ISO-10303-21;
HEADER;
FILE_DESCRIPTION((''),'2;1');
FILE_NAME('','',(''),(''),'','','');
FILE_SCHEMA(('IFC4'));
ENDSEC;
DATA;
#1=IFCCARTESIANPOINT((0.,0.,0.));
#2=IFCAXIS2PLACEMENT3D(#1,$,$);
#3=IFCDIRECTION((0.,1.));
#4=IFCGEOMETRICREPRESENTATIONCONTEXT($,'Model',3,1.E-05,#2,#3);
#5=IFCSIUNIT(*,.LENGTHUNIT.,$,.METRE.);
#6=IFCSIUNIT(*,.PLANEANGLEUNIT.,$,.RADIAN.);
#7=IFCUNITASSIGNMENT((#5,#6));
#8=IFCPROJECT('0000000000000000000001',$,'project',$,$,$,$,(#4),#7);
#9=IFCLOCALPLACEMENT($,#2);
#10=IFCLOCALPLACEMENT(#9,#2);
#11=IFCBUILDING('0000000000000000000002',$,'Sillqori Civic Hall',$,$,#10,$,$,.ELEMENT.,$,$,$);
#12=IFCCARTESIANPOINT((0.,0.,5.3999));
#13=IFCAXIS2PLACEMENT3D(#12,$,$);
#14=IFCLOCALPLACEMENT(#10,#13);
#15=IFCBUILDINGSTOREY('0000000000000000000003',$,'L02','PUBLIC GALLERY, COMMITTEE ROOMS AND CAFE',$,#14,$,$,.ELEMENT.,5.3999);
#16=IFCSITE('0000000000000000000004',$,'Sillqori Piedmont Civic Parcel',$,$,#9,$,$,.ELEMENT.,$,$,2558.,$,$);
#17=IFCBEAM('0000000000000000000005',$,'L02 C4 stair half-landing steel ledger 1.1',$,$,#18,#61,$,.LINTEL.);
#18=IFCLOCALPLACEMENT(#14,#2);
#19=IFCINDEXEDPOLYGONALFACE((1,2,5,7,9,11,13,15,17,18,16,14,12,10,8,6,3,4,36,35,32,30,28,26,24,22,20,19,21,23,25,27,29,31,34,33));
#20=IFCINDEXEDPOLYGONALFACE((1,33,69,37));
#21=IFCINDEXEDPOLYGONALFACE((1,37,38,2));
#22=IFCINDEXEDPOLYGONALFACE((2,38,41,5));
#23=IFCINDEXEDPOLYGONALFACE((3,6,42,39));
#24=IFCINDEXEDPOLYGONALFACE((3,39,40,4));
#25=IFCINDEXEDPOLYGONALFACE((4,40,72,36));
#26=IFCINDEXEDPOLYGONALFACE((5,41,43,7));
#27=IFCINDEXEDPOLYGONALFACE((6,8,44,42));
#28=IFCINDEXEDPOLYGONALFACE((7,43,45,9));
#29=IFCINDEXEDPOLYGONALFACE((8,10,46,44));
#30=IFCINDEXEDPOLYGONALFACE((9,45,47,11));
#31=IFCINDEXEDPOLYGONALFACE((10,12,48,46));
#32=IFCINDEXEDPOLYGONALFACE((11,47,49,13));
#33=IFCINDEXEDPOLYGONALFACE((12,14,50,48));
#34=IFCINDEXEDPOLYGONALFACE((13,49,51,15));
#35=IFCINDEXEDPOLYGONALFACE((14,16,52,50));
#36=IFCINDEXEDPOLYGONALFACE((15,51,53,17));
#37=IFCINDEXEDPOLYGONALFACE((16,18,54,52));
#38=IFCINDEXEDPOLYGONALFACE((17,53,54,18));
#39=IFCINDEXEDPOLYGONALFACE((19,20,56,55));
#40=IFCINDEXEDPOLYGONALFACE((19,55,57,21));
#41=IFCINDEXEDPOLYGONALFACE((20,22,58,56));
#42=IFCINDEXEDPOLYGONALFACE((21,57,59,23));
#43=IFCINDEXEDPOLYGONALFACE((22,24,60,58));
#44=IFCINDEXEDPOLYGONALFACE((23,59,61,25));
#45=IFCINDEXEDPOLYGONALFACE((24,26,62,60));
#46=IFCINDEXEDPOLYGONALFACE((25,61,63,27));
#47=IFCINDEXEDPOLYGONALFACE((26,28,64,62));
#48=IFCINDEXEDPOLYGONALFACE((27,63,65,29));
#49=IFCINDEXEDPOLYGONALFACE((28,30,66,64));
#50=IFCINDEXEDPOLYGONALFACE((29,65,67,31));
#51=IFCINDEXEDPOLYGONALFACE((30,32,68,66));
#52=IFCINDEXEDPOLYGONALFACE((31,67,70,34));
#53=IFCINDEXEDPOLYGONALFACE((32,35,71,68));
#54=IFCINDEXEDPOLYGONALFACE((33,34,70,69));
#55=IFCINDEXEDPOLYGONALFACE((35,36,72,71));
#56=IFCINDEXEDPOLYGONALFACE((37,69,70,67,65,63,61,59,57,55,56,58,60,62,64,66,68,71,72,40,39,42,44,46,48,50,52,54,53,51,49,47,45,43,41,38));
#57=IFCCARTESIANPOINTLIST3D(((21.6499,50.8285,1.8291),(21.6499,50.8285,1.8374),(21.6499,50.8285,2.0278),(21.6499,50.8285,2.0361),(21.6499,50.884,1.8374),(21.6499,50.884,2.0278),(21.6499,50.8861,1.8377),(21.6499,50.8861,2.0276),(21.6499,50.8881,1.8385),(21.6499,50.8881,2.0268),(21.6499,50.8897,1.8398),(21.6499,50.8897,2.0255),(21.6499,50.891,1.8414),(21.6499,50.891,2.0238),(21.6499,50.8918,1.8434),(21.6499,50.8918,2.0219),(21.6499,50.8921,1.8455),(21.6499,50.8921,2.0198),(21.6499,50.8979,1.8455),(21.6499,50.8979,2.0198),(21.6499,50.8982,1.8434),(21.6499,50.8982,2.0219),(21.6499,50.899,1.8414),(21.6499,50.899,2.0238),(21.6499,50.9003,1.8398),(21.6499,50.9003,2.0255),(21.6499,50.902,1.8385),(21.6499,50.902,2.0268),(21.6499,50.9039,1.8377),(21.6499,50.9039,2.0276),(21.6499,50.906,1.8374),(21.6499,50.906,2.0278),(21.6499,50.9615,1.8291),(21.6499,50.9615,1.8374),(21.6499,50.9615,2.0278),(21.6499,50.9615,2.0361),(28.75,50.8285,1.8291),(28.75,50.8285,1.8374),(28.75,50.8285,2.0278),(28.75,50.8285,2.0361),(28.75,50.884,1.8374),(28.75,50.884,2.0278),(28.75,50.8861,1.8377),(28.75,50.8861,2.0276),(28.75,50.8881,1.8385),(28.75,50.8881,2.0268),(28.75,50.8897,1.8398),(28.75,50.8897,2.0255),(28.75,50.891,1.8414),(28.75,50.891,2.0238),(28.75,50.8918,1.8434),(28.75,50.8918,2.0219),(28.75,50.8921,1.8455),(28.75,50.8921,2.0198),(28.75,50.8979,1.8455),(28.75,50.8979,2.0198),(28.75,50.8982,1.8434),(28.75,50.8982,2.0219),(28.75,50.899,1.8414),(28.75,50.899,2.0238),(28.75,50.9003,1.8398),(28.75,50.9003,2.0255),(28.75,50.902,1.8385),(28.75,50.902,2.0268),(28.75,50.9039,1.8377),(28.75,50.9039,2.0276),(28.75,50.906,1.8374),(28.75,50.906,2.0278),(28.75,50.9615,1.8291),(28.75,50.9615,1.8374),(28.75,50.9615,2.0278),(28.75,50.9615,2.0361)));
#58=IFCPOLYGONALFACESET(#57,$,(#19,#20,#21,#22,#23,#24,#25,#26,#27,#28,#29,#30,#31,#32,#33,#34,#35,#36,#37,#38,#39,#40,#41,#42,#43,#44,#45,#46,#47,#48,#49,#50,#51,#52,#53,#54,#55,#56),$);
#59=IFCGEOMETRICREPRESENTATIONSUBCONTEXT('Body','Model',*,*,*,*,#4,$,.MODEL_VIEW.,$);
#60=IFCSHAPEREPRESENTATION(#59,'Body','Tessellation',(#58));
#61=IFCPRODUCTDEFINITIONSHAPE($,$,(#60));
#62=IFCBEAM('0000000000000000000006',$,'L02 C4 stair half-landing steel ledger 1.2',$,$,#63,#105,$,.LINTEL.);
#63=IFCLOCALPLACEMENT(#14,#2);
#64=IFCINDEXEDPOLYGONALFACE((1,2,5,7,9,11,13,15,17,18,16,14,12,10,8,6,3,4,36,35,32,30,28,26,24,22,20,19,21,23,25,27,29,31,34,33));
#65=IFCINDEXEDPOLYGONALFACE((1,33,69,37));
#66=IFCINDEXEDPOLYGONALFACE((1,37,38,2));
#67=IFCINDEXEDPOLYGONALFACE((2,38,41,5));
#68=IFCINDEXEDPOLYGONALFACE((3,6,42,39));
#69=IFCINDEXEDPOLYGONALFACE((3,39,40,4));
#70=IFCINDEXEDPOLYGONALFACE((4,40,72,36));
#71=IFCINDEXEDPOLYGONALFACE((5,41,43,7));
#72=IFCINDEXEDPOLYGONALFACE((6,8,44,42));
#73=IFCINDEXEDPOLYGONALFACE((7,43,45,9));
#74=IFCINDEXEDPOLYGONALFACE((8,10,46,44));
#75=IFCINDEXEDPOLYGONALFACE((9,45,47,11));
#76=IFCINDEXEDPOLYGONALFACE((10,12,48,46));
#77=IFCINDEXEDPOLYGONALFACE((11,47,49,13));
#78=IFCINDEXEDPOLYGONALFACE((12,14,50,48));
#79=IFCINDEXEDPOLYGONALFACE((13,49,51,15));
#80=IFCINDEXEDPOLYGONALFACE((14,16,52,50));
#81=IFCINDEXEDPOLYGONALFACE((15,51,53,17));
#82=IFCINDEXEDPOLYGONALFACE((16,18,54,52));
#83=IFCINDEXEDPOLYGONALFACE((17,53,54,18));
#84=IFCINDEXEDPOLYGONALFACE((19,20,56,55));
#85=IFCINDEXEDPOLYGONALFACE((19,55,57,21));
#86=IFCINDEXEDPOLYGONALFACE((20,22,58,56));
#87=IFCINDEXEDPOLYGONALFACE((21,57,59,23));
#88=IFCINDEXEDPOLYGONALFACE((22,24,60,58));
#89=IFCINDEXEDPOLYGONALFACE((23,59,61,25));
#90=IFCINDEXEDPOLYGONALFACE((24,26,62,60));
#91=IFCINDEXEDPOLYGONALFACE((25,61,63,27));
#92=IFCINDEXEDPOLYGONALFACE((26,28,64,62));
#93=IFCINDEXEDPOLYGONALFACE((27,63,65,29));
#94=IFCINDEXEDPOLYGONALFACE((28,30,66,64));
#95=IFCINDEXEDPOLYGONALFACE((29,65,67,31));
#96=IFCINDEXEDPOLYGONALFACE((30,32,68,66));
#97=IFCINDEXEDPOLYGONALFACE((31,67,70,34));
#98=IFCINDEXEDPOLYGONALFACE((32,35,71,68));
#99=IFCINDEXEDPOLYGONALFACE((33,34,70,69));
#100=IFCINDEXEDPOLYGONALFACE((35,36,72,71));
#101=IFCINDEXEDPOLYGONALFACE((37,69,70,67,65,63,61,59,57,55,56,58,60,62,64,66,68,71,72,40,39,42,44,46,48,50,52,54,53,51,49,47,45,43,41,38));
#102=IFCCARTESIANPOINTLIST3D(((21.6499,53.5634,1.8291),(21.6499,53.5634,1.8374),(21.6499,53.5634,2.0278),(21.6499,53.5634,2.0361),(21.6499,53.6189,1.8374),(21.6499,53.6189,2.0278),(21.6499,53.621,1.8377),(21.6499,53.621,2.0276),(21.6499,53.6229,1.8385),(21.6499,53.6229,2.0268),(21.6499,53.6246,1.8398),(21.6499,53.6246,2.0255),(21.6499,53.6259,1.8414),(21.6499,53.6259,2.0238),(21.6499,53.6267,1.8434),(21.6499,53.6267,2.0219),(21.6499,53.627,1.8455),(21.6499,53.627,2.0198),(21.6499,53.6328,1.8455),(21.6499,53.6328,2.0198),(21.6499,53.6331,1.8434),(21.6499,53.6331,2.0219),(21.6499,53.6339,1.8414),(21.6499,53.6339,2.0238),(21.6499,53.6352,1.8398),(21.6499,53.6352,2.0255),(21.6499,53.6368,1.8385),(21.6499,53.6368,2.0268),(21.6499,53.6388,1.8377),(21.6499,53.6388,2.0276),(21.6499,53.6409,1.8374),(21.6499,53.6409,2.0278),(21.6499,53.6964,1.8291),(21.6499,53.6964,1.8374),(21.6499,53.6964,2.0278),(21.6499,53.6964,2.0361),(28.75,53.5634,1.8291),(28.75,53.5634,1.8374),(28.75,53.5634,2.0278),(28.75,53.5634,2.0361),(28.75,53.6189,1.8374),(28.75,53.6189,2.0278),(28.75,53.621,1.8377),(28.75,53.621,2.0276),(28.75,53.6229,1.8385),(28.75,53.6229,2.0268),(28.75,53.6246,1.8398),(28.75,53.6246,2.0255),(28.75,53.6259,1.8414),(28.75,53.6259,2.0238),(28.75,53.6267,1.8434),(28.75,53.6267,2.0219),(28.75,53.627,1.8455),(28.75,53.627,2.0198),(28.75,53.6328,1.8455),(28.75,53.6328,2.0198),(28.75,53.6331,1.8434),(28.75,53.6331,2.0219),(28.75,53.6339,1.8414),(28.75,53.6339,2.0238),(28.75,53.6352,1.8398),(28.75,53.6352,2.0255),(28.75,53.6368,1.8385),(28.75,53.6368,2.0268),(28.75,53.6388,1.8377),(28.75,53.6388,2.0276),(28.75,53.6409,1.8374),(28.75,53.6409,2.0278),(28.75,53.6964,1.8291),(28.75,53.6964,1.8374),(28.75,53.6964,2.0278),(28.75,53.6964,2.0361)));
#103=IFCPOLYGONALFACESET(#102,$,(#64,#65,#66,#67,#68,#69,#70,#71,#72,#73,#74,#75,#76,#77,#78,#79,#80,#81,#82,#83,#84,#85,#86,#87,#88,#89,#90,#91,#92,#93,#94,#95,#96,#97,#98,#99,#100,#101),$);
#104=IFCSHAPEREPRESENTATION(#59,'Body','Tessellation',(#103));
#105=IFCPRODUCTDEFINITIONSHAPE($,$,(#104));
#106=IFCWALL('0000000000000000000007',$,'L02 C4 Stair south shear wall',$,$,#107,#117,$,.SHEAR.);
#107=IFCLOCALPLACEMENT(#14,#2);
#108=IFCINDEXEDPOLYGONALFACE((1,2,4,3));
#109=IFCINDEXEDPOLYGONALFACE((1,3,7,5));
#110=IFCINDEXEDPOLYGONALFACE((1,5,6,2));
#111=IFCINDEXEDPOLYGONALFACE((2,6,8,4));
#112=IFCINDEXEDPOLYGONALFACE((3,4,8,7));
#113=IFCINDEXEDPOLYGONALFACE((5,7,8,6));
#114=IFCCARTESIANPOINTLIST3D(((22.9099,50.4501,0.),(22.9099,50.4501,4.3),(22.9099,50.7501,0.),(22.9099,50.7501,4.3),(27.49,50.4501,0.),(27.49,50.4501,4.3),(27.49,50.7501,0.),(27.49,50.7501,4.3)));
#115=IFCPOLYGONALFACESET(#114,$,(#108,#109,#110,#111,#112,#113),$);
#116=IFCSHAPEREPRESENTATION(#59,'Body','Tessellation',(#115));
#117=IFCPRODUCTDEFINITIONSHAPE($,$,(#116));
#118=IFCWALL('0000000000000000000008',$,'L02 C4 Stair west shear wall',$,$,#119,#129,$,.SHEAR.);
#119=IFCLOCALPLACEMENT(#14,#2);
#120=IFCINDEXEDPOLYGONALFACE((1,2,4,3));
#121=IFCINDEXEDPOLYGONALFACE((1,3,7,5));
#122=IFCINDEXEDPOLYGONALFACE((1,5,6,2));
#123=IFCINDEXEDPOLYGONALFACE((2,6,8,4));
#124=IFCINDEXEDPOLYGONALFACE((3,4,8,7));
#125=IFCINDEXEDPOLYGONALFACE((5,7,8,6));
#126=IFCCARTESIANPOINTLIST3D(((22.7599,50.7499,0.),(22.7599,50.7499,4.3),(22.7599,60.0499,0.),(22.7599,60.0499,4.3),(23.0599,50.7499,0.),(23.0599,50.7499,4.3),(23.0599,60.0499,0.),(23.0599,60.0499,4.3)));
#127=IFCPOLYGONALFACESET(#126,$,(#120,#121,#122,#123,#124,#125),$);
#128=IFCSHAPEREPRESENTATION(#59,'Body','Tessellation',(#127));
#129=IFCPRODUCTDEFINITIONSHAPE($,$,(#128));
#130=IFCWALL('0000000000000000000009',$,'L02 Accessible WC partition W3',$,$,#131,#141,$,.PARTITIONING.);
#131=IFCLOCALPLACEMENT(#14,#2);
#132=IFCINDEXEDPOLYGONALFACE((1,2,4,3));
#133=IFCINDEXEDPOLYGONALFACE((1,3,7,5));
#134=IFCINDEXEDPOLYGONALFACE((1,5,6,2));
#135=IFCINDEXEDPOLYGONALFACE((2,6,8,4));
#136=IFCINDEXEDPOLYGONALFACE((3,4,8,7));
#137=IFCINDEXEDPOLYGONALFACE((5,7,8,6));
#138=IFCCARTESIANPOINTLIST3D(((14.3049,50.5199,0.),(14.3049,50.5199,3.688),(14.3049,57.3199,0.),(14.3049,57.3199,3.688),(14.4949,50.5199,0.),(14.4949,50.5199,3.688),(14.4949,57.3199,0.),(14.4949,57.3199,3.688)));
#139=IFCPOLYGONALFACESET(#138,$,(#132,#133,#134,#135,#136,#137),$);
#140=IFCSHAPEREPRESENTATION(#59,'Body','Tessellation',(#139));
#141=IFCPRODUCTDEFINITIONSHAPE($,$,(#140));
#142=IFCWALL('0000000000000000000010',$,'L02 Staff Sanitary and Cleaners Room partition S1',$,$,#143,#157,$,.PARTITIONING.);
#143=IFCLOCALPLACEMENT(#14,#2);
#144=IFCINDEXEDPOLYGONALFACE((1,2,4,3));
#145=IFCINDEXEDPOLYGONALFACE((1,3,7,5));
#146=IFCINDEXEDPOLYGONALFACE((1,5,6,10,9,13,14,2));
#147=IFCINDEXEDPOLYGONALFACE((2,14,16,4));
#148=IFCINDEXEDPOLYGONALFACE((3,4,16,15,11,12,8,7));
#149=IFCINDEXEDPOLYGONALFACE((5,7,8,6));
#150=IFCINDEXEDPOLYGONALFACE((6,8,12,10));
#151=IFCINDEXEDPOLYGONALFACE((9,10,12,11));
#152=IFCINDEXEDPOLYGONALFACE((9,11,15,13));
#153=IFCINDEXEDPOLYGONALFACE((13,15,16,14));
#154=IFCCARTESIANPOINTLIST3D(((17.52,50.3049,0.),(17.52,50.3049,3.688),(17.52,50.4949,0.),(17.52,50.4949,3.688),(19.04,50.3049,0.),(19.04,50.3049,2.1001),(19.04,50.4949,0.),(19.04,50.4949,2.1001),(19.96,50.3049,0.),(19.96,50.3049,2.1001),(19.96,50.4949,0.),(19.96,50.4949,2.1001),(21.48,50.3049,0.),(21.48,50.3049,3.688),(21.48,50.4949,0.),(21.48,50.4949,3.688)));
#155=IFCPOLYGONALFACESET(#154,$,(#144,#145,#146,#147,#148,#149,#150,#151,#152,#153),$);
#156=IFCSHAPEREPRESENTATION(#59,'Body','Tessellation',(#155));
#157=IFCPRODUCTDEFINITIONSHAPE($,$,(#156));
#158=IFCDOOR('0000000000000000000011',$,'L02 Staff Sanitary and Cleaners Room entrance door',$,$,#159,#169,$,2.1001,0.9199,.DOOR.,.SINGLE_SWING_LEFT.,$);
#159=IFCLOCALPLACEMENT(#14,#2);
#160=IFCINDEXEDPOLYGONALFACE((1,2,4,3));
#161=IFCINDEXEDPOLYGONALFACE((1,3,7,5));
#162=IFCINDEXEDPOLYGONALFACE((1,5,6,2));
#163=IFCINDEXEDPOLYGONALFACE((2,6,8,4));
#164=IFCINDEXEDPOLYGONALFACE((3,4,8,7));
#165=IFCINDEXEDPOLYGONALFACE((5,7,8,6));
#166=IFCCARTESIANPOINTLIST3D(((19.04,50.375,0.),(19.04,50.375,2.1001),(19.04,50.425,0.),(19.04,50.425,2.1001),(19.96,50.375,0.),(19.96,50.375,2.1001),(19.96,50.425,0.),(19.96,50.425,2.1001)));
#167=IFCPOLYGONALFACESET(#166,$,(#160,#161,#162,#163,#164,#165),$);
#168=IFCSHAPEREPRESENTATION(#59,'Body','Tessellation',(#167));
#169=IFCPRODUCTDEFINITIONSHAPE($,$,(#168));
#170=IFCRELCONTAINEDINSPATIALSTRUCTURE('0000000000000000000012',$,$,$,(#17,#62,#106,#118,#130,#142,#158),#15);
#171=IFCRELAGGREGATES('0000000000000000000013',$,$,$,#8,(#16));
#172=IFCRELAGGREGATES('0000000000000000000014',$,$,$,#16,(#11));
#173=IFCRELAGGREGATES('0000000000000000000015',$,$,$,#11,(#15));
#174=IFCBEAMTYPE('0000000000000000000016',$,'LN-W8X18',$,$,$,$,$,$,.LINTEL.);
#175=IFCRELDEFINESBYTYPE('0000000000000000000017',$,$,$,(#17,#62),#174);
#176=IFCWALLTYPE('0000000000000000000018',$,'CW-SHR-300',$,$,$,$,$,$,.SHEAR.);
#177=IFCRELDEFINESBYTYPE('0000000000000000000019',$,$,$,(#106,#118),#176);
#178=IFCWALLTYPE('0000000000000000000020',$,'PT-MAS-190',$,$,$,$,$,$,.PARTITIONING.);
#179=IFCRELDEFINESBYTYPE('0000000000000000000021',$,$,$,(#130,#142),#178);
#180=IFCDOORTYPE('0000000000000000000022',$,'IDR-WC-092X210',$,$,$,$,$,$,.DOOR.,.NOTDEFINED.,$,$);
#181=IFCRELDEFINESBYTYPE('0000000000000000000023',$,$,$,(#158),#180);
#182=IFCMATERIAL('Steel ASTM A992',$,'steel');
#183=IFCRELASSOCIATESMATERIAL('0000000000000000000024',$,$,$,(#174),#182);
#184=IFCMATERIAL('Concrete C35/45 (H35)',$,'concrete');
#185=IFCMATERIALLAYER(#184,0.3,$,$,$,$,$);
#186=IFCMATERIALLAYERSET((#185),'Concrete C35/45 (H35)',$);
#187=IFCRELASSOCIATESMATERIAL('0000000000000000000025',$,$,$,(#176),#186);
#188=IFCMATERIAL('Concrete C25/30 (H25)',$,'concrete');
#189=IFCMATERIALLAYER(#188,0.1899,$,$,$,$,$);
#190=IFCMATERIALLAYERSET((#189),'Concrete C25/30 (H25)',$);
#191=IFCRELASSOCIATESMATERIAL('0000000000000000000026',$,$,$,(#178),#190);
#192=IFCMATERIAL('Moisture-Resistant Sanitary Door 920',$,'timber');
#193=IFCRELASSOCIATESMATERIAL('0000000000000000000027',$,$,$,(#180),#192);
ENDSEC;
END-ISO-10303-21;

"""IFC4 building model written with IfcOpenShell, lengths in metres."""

from ifc_helpers import new_model, si_unit, direction, frame, frame_2d, origin, origin_2d, place, context, subcontext, project, spatial, rectangle, i_section, extrude, material, layer, layer_set, material_profile, profile_set, type_object, element, fill, save


model = new_model("IFC4")

# Units and contexts
model_context = context("Model", 3, precision=1e-05, world=origin(), true_north=direction((0.0, 1.0)))
body_context = subcontext(model_context, "Body", "Model", "MODEL_VIEW")
ifc_project = project(units=[si_unit("LENGTHUNIT", "METRE"), si_unit("PLANEANGLEUNIT", "RADIAN")], contexts=[model_context])

# Site, building, storey
site_placement = place(None, origin())
site = spatial("IfcSite", under=ifc_project, at=site_placement, Name="Sillqori Piedmont Civic Parcel", CompositionType="ELEMENT", RefElevation=2558.0)
building_placement = place(site_placement, origin())
building = spatial("IfcBuilding", under=site, at=building_placement, Name="Sillqori Civic Hall", CompositionType="ELEMENT")
storey_placement = place(building_placement, frame((0.0, 0.0, 5.3999)))
storey = spatial("IfcBuildingStorey", under=building, at=storey_placement, Name="L02", Description="PUBLIC GALLERY, COMMITTEE ROOMS AND CAFE", CompositionType="ELEMENT", Elevation=5.3999)

# Shared definitions
ifc_material_1 = material(Name="Steel ASTM A992", Category="steel")

# Beams
ifc_material_profile_1 = material_profile(ifc_material_1, i_section(OverallWidth=0.1331, OverallDepth=0.207, WebThickness=0.0059, FlangeThickness=0.0083, FilletRadius=0.0081, at=origin_2d()), Name="W8X18")
ifc_profile_set_1 = profile_set([ifc_material_profile_1], Name="Steel ASTM A992")
beam_type_1 = type_object("IfcBeamType", Name="LN-W8X18", PredefinedType="LINTEL", material=ifc_profile_set_1)
for number, where, z_axis, x_axis, name in (
    (1, (21.6499, 50.895, 1.9326), (1.0, 0.0, 0.0), (0.0, 1.0, 0.0), "L02 C4 stair half-landing steel ledger 1.1"),
    (2, (21.6499, 53.6299, 1.9326), (1.0, 0.0, 0.0), (0.0, 1.0, 0.0), "L02 C4 stair half-landing steel ledger 1.2"),
):
    element("IfcBeam", number, at=place(storey_placement, frame(where, z_axis=z_axis, x_axis=x_axis)), inside=storey, type_object=beam_type_1, Name=name, PredefinedType="LINTEL", context=body_context, shape_type="SweptSolid", body=[
        extrude(i_section(OverallWidth=0.1331, OverallDepth=0.207, WebThickness=0.0059, FlangeThickness=0.0083, FilletRadius=0.0081, at=origin_2d()), origin(), (0.0, 0.0, 1.0), 7.1001),
    ])

# Walls
ifc_material_2 = material(Name="Concrete C35/45 (H35)", Category="concrete")
ifc_layer_1 = layer(ifc_material_2, 0.3)
ifc_layer_set_1 = layer_set([ifc_layer_1], Name="Concrete C35/45 (H35)")
wall_type_1 = type_object("IfcWallType", Name="CW-SHR-300", PredefinedType="SHEAR", material=ifc_layer_set_1)
wall_1_placement = place(storey_placement, frame((22.9099, 50.6001, 0.0), z_axis=(0.0, 0.0, 1.0), x_axis=(1.0, 0.0, 0.0)))
element("IfcWall", 3, at=wall_1_placement, inside=storey, type_object=wall_type_1, Name="L02 C4 Stair south shear wall", PredefinedType="SHEAR", context=body_context, shape_type="SweptSolid", body=[
    extrude(rectangle(XDim=4.5801, YDim=0.3, at=frame_2d((2.29, 0.0))), origin(), (0.0, 0.0, 1.0), 4.3),
])
wall_2_placement = place(storey_placement, frame((22.9099, 50.75, 0.0), z_axis=(0.0, 0.0, 1.0), x_axis=(0.0, 1.0, 0.0)))
element("IfcWall", 4, at=wall_2_placement, inside=storey, type_object=wall_type_1, Name="L02 C4 Stair west shear wall", PredefinedType="SHEAR", context=body_context, shape_type="SweptSolid", body=[
    extrude(rectangle(XDim=9.3, YDim=0.3, at=frame_2d((4.6499, 0.0))), origin(), (0.0, 0.0, 1.0), 4.3),
])

# Shared definitions
ifc_material_3 = material(Name="Concrete C25/30 (H25)", Category="concrete")
ifc_layer_2 = layer(ifc_material_3, 0.1899)
ifc_layer_set_2 = layer_set([ifc_layer_2], Name="Concrete C25/30 (H25)")
wall_type_2 = type_object("IfcWallType", Name="PT-MAS-190", PredefinedType="PARTITIONING", material=ifc_layer_set_2)

# Wall
wall_3_placement = place(storey_placement, frame((14.3999, 50.52, 0.0), z_axis=(0.0, 0.0, 1.0), x_axis=(0.0, 1.0, 0.0)))
element("IfcWall", 5, at=wall_3_placement, inside=storey, type_object=wall_type_2, Name="L02 Accessible WC partition W3", PredefinedType="PARTITIONING", context=body_context, shape_type="SweptSolid", body=[
    extrude(rectangle(XDim=6.8, YDim=0.1899, at=frame_2d((3.3999, 0.0))), origin(), (0.0, 0.0, 1.0), 3.688),
])

# Wall, opening, door
wall_4_placement = place(storey_placement, frame((21.48, 50.3999, 0.0), z_axis=(0.0, 0.0, 1.0), x_axis=(-1.0, 0.0, 0.0)))
wall_4 = element("IfcWall", 6, at=wall_4_placement, inside=storey, type_object=wall_type_2, Name="L02 Staff Sanitary and Cleaners Room partition S1", PredefinedType="PARTITIONING", context=body_context, shape_type="SweptSolid", body=[
    extrude(rectangle(XDim=3.96, YDim=0.1899, at=frame_2d((1.98, 0.0))), origin(), (0.0, 0.0, 1.0), 3.688),
])
opening_1_placement = place(wall_4_placement, frame((1.52, 0.0, 0.0)))
opening_1 = element("IfcOpeningElement", 7, at=opening_1_placement, cuts=wall_4, PredefinedType="OPENING", context=body_context, shape_type="SweptSolid", body=[
    extrude(rectangle(XDim=0.9199, YDim=2.1001, at=frame_2d((0.46, 1.05))), frame((0.0, 0.105, 0.0), z_axis=(0.0, -1.0, 0.0), x_axis=(1.0, 0.0, 0.0)), (0.0, 0.0, 1.0), 0.21),
])
ifc_material_4 = material(Name="Moisture-Resistant Sanitary Door 920", Category="timber")
door_type_1 = type_object("IfcDoorType", Name="IDR-WC-092X210", OperationType="NOTDEFINED", PredefinedType="DOOR", material=ifc_material_4)
door_1_placement = place(opening_1_placement, origin())
door_1 = element("IfcDoor", 8, at=door_1_placement, inside=storey, type_object=door_type_1, Name="L02 Staff Sanitary and Cleaners Room entrance door", OperationType="SINGLE_SWING_LEFT", OverallHeight=2.1001, OverallWidth=0.9199, PredefinedType="DOOR", context=body_context, shape_type="SweptSolid", body=[
    extrude(rectangle(XDim=0.9199, YDim=2.1001, at=frame_2d((0.46, 1.05))), frame((0.0, 0.0249, 0.0), z_axis=(0.0, -1.0, 0.0), x_axis=(1.0, 0.0, 0.0)), (0.0, 0.0, 1.0), 0.05),
])
fill(opening_1, door_1)

save(model, "model.ifc")
